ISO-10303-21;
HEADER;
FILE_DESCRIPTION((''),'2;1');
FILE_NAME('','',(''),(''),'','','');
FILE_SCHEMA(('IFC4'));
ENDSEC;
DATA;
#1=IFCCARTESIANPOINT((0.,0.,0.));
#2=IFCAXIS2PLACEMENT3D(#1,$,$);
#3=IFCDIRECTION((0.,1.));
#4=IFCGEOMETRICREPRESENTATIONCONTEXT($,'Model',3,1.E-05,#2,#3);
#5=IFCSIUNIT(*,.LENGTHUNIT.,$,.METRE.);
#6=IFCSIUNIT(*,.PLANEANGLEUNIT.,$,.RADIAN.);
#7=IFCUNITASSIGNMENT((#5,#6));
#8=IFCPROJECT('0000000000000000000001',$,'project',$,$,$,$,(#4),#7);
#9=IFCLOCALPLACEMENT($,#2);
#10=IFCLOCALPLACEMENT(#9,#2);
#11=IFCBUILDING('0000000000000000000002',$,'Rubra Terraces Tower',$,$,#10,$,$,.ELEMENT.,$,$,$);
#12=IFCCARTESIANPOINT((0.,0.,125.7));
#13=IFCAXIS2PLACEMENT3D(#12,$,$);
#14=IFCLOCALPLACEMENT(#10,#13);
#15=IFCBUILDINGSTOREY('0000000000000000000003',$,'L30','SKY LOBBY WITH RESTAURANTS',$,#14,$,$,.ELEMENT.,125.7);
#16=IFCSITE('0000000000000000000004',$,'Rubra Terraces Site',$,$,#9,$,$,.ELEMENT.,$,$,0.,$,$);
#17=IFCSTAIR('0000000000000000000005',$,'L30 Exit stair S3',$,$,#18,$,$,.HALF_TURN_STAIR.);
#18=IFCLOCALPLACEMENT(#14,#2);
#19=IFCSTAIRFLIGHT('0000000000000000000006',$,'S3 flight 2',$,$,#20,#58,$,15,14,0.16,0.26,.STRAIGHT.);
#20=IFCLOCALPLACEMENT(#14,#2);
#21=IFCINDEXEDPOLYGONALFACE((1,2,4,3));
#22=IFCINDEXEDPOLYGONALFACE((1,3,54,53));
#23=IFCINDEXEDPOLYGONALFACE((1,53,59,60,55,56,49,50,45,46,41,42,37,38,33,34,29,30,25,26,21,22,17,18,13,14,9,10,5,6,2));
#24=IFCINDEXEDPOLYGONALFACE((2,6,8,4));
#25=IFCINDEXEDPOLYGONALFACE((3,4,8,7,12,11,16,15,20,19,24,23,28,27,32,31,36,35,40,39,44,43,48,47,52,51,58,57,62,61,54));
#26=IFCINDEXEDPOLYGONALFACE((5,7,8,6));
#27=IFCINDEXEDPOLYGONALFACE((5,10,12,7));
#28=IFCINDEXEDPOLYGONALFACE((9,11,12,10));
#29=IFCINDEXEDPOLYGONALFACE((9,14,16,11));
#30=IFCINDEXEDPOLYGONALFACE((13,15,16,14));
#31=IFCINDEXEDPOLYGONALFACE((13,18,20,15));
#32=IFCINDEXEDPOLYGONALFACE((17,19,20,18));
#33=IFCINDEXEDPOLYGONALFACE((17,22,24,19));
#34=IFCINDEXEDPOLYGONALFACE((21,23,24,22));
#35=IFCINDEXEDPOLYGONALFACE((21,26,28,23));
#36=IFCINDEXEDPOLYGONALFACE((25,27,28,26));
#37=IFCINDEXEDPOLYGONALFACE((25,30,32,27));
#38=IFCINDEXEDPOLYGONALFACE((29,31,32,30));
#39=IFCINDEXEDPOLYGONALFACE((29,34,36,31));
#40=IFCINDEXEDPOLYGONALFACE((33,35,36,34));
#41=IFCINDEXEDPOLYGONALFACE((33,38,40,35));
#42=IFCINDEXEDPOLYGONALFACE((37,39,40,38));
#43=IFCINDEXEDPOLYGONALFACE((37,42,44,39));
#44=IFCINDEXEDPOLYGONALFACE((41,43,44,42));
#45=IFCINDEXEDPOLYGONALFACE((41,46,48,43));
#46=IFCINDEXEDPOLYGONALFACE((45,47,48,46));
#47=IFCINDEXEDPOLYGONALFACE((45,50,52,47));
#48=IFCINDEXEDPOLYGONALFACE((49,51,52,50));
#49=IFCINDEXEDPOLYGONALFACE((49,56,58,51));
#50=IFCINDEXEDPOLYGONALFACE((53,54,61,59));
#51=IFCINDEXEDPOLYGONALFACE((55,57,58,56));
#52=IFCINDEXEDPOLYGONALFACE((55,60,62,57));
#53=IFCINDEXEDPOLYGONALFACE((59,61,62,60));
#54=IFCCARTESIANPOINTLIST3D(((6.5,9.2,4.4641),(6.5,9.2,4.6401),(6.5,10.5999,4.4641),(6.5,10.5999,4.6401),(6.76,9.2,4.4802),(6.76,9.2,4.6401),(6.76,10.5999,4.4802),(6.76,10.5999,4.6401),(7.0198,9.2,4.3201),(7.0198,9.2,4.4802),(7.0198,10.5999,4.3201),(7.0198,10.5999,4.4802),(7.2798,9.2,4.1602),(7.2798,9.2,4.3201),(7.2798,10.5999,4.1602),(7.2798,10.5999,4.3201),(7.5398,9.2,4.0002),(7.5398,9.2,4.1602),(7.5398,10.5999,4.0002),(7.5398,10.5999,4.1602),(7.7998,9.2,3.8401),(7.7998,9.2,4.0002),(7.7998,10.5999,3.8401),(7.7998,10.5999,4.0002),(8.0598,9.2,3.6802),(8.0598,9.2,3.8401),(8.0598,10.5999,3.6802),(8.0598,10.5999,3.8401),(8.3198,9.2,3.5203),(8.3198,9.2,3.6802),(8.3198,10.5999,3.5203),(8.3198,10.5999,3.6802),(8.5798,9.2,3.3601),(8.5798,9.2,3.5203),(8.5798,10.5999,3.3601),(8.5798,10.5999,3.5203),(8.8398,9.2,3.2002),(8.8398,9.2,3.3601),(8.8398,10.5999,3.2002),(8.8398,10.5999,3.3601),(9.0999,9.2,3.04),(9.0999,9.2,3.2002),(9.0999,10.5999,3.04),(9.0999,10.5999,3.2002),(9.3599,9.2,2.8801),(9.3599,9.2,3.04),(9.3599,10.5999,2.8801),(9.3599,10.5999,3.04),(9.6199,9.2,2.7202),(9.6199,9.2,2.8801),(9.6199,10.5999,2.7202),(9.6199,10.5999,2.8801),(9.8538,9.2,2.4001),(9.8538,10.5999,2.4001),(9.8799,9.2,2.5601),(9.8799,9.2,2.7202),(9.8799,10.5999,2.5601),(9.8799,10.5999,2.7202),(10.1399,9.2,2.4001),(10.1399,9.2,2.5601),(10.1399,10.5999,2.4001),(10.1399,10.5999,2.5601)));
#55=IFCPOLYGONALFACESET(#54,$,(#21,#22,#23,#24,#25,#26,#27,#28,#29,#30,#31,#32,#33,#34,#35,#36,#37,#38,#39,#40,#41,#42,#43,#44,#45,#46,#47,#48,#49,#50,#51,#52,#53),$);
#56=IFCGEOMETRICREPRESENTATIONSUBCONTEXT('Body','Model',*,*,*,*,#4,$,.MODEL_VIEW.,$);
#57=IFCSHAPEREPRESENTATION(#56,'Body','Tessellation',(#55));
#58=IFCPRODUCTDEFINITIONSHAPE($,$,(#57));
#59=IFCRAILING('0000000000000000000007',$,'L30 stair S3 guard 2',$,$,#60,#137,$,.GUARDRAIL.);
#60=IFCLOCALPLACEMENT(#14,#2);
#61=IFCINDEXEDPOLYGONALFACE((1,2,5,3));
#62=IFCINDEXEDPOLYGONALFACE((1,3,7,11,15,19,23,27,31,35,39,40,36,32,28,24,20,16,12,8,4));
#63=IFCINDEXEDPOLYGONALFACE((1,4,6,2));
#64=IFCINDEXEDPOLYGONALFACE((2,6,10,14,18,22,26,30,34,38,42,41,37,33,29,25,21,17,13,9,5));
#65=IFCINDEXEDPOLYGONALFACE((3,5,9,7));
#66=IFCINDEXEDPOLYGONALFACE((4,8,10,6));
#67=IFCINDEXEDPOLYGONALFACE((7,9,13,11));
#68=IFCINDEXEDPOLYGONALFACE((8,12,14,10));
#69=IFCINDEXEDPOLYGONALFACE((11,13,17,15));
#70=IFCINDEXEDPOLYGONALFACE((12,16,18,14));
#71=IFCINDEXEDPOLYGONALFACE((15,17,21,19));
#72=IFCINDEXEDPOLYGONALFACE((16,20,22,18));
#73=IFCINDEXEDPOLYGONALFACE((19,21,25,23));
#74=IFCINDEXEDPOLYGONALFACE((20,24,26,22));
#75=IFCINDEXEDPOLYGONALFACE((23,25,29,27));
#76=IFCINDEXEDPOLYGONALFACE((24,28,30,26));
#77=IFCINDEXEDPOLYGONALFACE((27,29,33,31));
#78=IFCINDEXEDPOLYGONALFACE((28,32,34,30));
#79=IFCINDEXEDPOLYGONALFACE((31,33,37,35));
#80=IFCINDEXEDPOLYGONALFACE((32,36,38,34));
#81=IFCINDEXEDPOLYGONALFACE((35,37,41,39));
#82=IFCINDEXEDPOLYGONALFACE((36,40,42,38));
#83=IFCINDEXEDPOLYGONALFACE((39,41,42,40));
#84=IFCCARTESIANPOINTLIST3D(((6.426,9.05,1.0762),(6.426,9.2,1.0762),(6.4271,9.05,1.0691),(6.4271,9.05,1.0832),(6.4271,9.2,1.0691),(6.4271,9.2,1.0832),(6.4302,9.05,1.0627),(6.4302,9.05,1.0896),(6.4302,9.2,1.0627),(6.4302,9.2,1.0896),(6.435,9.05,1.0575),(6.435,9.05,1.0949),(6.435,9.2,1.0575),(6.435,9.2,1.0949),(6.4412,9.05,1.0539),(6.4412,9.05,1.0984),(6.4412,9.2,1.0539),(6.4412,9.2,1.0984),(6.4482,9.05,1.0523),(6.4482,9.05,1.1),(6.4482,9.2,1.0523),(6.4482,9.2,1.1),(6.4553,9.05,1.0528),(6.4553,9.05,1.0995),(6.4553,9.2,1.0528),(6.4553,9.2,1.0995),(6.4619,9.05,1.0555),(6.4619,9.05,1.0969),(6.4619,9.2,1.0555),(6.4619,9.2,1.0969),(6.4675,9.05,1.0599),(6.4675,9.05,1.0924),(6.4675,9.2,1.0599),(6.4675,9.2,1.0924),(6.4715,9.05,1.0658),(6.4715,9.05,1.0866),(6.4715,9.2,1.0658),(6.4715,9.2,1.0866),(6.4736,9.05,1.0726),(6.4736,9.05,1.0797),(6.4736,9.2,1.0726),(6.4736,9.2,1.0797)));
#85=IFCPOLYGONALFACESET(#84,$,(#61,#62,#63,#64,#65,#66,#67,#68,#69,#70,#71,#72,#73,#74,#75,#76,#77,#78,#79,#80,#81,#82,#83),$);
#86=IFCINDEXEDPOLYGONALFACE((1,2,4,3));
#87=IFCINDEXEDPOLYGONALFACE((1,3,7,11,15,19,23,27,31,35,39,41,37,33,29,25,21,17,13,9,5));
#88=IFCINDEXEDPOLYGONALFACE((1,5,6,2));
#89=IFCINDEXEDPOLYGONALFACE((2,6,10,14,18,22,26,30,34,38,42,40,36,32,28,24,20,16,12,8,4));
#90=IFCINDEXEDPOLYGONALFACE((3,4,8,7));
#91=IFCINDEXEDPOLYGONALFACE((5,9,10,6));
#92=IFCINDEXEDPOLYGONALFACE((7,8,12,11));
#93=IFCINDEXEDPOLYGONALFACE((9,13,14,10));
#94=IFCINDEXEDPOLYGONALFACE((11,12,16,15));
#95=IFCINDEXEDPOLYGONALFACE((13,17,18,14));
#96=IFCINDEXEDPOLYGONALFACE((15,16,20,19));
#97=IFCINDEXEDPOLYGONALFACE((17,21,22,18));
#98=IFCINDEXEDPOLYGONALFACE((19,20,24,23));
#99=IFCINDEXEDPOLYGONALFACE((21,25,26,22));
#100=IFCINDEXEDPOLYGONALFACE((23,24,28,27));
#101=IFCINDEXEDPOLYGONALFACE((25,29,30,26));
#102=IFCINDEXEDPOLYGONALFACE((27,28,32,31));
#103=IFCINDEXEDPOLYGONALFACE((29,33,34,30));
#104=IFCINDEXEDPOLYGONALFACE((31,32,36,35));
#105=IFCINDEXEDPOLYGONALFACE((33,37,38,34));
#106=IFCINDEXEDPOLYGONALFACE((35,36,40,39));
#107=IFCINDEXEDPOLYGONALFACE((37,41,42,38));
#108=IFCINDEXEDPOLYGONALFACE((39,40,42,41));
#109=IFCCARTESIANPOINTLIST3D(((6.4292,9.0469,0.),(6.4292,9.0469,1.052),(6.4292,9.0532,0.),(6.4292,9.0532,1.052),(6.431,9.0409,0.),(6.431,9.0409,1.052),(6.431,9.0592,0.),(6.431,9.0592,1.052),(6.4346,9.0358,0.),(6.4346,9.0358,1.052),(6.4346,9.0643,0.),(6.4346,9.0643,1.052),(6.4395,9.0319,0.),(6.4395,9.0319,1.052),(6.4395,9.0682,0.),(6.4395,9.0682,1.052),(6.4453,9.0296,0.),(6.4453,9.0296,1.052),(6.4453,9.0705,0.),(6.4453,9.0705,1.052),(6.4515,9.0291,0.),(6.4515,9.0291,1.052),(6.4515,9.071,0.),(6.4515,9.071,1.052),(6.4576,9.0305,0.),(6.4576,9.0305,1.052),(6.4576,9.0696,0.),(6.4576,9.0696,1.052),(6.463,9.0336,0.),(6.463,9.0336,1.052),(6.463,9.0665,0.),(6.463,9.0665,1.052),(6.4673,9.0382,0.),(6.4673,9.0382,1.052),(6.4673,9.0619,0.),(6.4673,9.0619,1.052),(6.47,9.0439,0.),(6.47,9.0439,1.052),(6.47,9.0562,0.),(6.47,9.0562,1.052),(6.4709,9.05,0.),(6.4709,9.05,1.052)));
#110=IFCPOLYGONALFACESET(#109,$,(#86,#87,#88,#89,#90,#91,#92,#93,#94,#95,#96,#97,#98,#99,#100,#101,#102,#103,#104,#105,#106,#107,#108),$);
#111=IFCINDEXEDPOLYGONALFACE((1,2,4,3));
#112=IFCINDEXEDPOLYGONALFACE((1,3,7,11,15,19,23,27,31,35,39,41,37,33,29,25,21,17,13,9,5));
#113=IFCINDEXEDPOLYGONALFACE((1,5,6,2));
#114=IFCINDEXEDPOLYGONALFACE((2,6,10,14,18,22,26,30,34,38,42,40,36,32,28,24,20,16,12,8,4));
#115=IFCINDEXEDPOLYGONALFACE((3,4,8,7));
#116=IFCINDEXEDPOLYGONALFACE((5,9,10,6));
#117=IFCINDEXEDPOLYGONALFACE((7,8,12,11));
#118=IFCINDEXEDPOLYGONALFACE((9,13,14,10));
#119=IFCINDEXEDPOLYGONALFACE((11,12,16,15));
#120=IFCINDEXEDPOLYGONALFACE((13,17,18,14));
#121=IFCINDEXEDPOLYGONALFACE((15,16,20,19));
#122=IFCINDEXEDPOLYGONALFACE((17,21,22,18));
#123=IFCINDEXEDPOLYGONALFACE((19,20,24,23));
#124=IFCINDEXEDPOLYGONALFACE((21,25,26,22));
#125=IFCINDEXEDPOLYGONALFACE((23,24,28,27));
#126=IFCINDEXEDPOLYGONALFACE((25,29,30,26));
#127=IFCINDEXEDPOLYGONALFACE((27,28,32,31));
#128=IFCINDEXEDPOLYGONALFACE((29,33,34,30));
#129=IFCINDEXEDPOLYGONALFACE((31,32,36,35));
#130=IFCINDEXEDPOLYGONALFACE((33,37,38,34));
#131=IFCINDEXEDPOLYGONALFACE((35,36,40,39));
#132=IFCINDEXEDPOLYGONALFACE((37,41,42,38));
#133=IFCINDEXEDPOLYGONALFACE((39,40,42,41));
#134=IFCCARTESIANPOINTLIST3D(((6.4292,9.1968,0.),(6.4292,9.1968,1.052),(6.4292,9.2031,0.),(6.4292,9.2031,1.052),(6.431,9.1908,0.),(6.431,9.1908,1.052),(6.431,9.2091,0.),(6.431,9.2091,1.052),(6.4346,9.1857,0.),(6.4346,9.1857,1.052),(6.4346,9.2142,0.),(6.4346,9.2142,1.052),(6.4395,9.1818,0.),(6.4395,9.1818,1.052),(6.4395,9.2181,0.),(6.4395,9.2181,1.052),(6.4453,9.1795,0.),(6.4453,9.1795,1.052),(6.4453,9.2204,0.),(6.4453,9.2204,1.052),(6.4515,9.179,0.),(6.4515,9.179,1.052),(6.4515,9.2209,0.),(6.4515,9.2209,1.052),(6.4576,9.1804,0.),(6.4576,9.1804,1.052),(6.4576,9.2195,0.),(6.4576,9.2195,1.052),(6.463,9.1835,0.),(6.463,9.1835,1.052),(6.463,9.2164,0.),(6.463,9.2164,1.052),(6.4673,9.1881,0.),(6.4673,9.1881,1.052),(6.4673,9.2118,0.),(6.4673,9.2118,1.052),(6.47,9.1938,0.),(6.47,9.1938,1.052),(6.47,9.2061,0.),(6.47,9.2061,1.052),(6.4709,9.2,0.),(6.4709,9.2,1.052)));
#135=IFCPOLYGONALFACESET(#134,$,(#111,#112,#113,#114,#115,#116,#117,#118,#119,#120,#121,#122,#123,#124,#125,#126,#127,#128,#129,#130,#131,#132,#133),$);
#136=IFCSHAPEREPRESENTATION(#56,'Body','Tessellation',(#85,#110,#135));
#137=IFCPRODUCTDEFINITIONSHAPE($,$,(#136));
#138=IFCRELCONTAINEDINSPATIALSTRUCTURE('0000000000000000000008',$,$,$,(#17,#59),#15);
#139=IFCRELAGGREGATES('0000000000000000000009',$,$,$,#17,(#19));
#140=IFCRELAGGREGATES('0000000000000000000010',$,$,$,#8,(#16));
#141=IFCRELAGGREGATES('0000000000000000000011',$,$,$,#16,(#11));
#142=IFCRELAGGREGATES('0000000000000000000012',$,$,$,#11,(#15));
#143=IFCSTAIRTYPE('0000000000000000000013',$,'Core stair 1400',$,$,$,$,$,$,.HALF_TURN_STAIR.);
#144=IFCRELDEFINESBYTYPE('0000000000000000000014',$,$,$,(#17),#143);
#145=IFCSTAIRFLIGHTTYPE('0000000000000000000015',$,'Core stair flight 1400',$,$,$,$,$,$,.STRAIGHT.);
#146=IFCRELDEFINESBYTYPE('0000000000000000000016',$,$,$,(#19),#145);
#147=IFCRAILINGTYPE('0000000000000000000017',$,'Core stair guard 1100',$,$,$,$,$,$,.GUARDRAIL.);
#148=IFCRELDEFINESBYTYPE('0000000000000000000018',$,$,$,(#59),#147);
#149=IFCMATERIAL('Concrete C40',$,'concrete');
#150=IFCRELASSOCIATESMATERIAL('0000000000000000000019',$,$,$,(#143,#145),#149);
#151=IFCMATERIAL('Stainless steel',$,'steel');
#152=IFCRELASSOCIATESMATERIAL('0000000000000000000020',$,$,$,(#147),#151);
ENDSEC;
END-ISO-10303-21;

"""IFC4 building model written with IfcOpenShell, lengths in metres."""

from ifc_helpers import new_model, si_unit, direction, frame, origin, origin_2d, place, context, subcontext, project, spatial, polyline, circle, outline, extrude, material, type_object, element, aggregate, save


model = new_model("IFC4")

# Units and contexts
model_context = context("Model", 3, precision=1e-05, world=origin(), true_north=direction((0.0, 1.0)))
body_context = subcontext(model_context, "Body", "Model", "MODEL_VIEW")
ifc_project = project(units=[si_unit("LENGTHUNIT", "METRE"), si_unit("PLANEANGLEUNIT", "RADIAN")], contexts=[model_context])

# Site, building, storey
site_placement = place(None, origin())
site = spatial("IfcSite", under=ifc_project, at=site_placement, Name="Rubra Terraces Site", CompositionType="ELEMENT", RefElevation=0.0)
building_placement = place(site_placement, origin())
building = spatial("IfcBuilding", under=site, at=building_placement, Name="Rubra Terraces Tower", CompositionType="ELEMENT")
storey_placement = place(building_placement, frame((0.0, 0.0, 125.7)))
storey = spatial("IfcBuildingStorey", under=building, at=storey_placement, Name="L30", Description="SKY LOBBY WITH RESTAURANTS", CompositionType="ELEMENT", Elevation=125.7)

# Shared definitions
ifc_material_1 = material(Name="Concrete C40", Category="concrete")

# Stair, stair flight
stair_type = type_object("IfcStairType", Name="Core stair 1400", PredefinedType="HALF_TURN_STAIR", material=ifc_material_1)
stair_placement = place(storey_placement, origin())
stair = element("IfcStair", 1, at=stair_placement, inside=storey, type_object=stair_type, Name="L30 Exit stair S3", PredefinedType="HALF_TURN_STAIR")
stair_flight_type = type_object("IfcStairFlightType", Name="Core stair flight 1400", PredefinedType="STRAIGHT", material=ifc_material_1)
stair_flight_placement = place(storey_placement, frame((10.1399, 9.8999, 2.4001), z_axis=(0.0, 0.0, 1.0), x_axis=(-1.0, 0.0, 0.0)))
stair_flight = element("IfcStairFlight", 2, at=stair_flight_placement, type_object=stair_flight_type, Name="S3 flight 2", NumberOfRisers=15, NumberOfTreads=14, PredefinedType="STRAIGHT", RiserHeight=0.16, TreadLength=0.26, context=body_context, shape_type="SweptSolid", body=[
    extrude(outline(polyline([(0.0, 0.0), (0.0, 0.1599), (0.26, 0.1599), (0.26, 0.3201), (0.52, 0.3201), (0.52, 0.48), (0.78, 0.48), (0.78, 0.6399), (1.04, 0.6399), (1.04, 0.8), (1.3, 0.8), (1.3, 0.96), (1.5601, 0.96), (1.5601, 1.1201), (1.8201, 1.1201), (1.8201, 1.28), (2.0801, 1.28), (2.0801, 1.4399), (2.3401, 1.4399), (2.3401, 1.6001), (2.6001, 1.6001), (2.6001, 1.76), (2.8601, 1.76), (2.8601, 1.9199), (3.1201, 1.9199), (3.1201, 2.0801), (3.3799, 2.0801), (3.3799, 2.24), (3.6399, 2.24), (3.6399, 2.3999), (3.6399, 2.064), (0.2861, 0.0), (0.0, 0.0)])), frame((0.0, 0.7, 0.0), z_axis=(0.0, -1.0, 0.0), x_axis=(1.0, 0.0, 0.0)), (0.0, 0.0, 1.0), 1.3999),
])
aggregate(stair, [stair_flight])

# Railing
ifc_material_2 = material(Name="Stainless steel", Category="steel")
railing_type = type_object("IfcRailingType", Name="Core stair guard 1100", PredefinedType="GUARDRAIL", material=ifc_material_2)
railing_placement = place(storey_placement, frame((6.45, 9.05, 0.0)))
element("IfcRailing", 3, at=railing_placement, inside=storey, type_object=railing_type, Name="L30 stair S3 guard 2", PredefinedType="GUARDRAIL", context=body_context, shape_type="SweptSolid", body=[
    extrude(circle(Radius=0.0239, at=origin_2d()), frame((0.0, 0.0, 1.0762), z_axis=(0.0, 1.0, 0.0), x_axis=(-1.0, 0.0, 0.0)), (0.0, 0.0, 1.0), 0.1499),
    extrude(circle(Radius=0.021, at=origin_2d()), origin(), (0.0, 0.0, 1.0), 1.052),
    extrude(circle(Radius=0.021, at=origin_2d()), frame((0.0, 0.1499, 0.0)), (0.0, 0.0, 1.0), 1.052),
])

save(model, "model.ifc")
